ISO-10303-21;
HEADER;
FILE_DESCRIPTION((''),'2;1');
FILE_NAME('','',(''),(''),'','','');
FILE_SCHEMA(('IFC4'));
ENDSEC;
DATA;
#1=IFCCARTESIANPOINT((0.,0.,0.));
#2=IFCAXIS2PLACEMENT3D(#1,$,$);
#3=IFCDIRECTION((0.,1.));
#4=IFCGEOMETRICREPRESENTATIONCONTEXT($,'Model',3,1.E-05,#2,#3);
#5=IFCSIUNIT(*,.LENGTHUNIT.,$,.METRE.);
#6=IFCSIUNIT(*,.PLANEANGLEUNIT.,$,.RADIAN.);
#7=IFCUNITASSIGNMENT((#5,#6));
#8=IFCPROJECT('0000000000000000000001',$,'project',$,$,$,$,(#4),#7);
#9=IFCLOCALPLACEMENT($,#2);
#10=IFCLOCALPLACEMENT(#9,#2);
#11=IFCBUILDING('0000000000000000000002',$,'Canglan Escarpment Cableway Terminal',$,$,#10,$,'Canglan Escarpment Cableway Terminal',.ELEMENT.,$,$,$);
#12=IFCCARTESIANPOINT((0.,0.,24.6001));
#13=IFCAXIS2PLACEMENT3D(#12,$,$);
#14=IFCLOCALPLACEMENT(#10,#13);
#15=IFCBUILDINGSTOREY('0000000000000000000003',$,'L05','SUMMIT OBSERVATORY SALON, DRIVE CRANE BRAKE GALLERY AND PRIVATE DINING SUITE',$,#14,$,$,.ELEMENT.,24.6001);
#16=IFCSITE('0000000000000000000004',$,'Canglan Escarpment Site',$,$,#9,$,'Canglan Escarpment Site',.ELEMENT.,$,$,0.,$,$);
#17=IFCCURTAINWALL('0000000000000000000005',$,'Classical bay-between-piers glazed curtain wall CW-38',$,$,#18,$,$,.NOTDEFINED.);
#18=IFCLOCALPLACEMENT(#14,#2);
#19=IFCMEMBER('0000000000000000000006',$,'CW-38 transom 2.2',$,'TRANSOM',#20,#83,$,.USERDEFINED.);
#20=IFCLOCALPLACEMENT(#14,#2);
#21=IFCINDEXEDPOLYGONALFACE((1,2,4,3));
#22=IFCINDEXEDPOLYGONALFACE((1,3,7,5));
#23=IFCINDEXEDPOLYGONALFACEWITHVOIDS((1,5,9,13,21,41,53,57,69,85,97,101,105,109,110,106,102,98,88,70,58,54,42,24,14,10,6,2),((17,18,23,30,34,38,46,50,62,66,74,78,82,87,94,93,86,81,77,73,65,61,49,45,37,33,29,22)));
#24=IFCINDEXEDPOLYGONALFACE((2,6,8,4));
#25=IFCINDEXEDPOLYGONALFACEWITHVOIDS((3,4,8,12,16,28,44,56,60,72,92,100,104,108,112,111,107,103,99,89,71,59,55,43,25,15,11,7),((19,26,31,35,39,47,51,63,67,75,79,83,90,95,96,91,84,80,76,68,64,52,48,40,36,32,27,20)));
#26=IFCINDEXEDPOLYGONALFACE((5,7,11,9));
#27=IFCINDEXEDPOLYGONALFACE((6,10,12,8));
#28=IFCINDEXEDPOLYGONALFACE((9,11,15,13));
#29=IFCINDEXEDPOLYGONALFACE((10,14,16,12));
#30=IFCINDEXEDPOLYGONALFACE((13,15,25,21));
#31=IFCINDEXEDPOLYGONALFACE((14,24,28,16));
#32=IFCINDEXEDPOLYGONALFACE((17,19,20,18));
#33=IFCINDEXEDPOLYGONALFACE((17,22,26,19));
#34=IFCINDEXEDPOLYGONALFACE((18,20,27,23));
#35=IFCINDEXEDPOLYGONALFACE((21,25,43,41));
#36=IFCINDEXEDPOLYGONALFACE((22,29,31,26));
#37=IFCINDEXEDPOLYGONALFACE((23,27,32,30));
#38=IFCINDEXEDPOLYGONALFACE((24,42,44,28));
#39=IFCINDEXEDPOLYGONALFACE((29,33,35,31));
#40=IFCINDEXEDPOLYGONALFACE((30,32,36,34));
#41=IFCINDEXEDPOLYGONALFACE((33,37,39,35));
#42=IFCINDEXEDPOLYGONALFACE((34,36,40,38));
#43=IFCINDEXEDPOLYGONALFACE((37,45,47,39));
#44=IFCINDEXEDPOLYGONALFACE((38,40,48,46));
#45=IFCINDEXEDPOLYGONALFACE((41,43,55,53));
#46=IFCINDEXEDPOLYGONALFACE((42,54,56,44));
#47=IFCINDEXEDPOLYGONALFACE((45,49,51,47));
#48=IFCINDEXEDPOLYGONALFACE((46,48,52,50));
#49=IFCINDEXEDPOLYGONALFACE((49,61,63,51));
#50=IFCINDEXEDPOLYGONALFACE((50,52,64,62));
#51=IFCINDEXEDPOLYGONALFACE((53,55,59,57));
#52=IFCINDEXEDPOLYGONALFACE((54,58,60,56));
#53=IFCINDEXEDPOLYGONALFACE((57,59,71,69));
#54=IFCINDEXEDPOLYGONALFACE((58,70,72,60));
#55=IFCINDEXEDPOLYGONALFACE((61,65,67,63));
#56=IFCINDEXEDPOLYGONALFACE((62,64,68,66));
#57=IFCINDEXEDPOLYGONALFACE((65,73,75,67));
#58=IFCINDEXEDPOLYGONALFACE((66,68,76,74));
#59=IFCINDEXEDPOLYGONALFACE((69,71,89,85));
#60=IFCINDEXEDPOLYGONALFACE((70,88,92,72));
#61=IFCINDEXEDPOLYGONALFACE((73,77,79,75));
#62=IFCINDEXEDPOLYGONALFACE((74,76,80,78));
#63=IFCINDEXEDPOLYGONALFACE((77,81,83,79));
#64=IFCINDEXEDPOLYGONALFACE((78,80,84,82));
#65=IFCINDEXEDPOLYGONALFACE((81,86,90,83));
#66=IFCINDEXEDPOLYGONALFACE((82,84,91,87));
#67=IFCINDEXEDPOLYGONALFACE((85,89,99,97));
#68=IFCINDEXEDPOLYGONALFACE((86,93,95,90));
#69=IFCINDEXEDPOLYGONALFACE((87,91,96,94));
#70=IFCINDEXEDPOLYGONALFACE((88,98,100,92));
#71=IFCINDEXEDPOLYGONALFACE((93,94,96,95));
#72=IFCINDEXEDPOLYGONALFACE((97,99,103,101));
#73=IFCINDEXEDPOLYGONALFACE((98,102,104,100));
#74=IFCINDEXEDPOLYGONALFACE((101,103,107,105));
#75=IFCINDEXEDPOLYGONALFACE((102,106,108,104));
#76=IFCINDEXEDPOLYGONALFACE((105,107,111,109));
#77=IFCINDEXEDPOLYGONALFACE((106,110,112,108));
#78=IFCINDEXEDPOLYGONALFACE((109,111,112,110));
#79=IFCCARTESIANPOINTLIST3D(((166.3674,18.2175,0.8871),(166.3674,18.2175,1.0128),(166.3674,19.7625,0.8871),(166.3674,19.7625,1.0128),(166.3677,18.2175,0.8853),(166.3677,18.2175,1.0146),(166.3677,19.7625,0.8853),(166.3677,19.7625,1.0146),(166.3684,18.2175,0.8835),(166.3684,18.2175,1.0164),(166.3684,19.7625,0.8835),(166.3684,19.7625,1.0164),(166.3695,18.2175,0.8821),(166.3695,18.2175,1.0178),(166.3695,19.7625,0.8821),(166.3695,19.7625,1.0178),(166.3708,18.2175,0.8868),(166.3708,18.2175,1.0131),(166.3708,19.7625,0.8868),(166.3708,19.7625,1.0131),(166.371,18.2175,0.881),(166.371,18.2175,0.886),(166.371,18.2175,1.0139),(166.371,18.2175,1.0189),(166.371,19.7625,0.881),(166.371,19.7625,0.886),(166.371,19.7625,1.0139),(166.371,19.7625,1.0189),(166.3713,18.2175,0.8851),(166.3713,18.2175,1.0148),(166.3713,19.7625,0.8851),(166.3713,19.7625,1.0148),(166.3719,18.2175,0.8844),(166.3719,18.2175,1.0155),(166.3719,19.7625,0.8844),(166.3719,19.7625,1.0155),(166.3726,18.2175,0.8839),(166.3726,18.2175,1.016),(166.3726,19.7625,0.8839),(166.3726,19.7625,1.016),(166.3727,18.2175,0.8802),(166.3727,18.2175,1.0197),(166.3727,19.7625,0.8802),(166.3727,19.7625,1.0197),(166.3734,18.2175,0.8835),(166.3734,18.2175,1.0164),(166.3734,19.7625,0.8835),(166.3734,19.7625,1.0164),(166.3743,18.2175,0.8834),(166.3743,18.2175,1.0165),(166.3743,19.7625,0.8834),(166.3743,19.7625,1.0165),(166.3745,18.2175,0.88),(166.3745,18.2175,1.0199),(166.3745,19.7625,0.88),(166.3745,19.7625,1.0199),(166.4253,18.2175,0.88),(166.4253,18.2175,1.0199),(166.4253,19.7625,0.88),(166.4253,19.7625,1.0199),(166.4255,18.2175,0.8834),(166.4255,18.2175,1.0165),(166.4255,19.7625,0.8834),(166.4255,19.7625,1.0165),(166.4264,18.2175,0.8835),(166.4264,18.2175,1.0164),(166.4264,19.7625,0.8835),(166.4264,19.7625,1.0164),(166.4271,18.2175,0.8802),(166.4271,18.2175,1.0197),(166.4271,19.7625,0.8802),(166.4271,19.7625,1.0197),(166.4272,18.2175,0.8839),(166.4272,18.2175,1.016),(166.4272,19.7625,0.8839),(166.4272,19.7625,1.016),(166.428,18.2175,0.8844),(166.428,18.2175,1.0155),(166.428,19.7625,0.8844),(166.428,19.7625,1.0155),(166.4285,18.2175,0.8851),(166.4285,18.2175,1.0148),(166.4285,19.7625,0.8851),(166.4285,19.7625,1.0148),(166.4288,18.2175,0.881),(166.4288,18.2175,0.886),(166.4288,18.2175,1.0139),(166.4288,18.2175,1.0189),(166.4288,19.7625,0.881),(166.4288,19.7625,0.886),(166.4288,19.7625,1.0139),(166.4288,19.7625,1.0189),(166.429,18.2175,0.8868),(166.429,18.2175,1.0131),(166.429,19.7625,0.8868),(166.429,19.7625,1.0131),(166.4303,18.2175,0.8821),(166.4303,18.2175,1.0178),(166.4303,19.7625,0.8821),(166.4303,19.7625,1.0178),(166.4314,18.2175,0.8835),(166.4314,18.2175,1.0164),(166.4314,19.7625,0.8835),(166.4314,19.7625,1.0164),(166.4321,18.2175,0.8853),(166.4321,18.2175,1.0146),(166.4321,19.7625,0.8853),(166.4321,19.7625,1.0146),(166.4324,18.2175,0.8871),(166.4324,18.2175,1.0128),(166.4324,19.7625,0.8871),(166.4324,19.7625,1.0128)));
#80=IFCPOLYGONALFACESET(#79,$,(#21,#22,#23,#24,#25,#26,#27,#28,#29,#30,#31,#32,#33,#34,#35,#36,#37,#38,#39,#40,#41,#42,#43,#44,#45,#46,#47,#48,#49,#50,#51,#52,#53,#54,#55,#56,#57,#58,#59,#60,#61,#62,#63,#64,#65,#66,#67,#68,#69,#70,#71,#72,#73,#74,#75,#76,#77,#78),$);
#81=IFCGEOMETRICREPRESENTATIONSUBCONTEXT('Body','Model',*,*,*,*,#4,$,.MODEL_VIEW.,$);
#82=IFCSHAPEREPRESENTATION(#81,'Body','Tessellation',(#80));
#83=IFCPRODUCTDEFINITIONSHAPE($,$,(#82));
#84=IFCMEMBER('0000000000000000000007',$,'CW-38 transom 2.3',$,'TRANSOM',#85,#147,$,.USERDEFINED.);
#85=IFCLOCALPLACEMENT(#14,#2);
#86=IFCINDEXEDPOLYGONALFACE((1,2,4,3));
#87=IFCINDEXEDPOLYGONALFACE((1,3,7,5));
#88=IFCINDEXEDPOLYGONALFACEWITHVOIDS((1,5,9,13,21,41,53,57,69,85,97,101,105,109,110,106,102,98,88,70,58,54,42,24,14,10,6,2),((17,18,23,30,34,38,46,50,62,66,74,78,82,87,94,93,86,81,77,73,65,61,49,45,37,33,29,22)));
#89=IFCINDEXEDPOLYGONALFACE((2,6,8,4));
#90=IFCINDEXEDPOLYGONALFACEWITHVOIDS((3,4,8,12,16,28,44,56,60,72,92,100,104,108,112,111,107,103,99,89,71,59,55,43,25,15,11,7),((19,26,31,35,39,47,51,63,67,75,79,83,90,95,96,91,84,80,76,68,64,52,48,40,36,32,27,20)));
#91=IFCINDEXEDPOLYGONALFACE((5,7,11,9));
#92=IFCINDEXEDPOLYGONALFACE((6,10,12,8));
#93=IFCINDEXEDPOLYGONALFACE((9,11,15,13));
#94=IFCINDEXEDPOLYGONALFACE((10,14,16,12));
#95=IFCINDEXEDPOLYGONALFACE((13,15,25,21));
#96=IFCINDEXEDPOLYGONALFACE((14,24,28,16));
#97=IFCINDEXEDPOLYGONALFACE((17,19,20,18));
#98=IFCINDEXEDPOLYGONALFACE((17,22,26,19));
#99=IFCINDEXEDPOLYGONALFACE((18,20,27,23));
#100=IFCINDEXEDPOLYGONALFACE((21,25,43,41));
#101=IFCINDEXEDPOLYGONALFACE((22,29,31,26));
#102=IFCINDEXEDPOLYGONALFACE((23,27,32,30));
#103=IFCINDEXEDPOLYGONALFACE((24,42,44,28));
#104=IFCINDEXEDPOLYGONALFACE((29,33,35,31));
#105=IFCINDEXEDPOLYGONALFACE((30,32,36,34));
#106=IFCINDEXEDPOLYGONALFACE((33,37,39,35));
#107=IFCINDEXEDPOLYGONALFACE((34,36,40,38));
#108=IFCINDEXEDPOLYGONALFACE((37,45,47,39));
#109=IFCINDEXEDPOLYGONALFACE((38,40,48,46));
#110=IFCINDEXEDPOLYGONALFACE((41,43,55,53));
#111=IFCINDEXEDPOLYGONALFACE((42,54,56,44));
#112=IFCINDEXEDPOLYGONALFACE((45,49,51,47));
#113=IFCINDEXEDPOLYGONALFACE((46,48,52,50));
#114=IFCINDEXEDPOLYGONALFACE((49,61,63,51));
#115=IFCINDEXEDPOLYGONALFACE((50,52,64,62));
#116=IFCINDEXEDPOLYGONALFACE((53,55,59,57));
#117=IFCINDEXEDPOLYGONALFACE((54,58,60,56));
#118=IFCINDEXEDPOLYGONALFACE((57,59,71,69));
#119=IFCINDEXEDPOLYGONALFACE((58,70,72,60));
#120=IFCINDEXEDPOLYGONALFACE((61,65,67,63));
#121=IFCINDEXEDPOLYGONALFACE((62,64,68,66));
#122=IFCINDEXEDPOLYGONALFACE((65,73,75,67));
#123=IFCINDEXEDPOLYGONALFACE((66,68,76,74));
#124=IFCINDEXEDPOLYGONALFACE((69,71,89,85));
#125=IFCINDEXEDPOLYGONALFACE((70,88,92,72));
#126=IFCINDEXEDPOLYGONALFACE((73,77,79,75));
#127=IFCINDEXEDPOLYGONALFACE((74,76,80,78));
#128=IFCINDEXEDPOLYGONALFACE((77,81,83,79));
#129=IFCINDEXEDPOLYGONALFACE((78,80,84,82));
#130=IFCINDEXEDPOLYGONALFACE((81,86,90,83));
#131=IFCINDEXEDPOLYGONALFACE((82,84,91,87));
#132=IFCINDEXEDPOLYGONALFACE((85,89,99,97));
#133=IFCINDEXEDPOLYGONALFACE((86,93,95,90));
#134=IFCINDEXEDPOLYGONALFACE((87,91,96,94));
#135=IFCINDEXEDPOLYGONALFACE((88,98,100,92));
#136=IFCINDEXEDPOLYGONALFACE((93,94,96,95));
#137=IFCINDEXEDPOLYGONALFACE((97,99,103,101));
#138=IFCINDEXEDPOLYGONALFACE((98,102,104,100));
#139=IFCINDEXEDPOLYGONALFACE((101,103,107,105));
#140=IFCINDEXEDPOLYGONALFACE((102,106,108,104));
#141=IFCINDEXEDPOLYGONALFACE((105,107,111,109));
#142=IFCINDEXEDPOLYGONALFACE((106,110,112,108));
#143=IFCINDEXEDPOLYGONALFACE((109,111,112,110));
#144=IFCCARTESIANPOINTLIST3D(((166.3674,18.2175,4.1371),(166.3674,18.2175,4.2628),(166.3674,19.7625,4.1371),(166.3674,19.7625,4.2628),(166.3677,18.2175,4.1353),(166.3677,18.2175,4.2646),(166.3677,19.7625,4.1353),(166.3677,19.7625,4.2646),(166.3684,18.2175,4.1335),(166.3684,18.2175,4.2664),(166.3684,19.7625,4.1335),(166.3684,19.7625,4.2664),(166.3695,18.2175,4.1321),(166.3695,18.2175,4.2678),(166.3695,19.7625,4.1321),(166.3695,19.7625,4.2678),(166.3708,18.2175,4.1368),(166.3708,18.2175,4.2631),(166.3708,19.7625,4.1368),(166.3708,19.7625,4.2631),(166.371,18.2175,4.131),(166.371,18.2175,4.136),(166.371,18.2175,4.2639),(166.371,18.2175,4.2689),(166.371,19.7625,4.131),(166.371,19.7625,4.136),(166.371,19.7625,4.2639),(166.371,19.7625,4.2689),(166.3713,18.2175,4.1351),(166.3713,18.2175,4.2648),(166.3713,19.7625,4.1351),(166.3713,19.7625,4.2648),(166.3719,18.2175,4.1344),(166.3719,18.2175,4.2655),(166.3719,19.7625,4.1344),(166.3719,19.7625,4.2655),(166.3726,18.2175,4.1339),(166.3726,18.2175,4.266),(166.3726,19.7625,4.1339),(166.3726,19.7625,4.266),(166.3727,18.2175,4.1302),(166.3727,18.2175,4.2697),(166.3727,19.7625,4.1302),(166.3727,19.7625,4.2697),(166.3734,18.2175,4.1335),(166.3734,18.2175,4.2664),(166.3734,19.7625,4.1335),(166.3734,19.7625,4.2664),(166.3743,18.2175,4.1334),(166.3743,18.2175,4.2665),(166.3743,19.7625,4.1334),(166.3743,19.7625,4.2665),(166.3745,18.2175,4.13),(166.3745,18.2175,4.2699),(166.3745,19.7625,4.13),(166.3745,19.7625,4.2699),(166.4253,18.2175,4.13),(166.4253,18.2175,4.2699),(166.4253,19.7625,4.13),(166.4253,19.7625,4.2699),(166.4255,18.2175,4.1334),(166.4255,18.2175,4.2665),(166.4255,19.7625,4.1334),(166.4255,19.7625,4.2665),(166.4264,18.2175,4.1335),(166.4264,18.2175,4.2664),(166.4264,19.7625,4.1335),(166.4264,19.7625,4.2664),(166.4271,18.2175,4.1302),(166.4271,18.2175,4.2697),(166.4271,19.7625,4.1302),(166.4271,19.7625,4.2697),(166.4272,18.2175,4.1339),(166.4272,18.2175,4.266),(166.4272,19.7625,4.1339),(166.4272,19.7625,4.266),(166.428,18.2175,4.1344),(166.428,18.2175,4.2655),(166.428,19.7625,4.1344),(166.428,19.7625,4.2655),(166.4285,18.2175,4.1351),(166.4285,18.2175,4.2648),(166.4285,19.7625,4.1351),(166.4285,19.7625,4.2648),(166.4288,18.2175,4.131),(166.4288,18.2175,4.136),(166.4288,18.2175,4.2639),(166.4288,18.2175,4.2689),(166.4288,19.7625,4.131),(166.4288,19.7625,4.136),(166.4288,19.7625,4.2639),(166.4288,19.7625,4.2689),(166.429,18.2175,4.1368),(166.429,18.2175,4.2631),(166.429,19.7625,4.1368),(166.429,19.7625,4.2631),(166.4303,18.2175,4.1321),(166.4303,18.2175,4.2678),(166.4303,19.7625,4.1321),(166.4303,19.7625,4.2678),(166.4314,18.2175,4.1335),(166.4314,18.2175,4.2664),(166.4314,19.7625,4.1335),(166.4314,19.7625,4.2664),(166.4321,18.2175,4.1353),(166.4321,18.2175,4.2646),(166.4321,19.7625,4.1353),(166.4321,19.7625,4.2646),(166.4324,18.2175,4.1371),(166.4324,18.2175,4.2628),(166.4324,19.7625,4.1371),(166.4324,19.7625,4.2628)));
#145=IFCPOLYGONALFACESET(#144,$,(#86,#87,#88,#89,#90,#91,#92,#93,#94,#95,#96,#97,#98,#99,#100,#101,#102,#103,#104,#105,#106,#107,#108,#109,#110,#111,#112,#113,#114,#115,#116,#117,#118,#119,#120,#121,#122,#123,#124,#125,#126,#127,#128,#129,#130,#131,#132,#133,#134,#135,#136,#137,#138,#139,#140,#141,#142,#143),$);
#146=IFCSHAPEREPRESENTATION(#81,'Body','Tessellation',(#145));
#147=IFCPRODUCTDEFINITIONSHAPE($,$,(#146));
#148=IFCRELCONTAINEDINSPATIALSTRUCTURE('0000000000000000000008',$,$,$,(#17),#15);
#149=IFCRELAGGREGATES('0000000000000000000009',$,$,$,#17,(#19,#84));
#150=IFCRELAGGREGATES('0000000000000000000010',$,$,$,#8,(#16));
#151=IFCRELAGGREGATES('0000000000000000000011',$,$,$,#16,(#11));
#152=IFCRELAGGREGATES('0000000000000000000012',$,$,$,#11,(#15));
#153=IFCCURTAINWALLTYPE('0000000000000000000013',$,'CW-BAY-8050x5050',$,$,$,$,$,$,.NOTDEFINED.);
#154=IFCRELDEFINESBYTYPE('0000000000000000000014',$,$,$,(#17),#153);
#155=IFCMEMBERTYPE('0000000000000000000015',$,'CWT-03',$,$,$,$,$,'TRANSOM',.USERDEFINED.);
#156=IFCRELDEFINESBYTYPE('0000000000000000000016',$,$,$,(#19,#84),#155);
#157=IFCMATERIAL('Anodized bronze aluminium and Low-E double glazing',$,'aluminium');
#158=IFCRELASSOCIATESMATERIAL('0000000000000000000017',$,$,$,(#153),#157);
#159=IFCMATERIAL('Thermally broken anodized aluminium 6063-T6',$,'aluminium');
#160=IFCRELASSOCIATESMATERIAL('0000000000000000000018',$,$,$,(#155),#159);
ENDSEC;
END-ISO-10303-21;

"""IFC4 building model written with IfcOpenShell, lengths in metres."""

from ifc_helpers import new_model, si_unit, direction, frame, origin, origin_2d, place, context, subcontext, project, spatial, hollow_rectangle, extrude, material, material_profile, profile_set, type_object, element, aggregate, save


model = new_model("IFC4")

# Units and contexts
model_context = context("Model", 3, precision=1e-05, world=origin(), true_north=direction((0.0, 1.0)))
body_context = subcontext(model_context, "Body", "Model", "MODEL_VIEW")
ifc_project = project(units=[si_unit("LENGTHUNIT", "METRE"), si_unit("PLANEANGLEUNIT", "RADIAN")], contexts=[model_context])

# Site, building, storey
site_placement = place(None, origin())
site = spatial("IfcSite", under=ifc_project, at=site_placement, Name="Canglan Escarpment Site", LongName="Canglan Escarpment Site", CompositionType="ELEMENT", RefElevation=0.0)
building_placement = place(site_placement, origin())
building = spatial("IfcBuilding", under=site, at=building_placement, Name="Canglan Escarpment Cableway Terminal", LongName="Canglan Escarpment Cableway Terminal", CompositionType="ELEMENT")
storey_placement = place(building_placement, frame((0.0, 0.0, 24.6001)))
storey = spatial("IfcBuildingStorey", under=building, at=storey_placement, Name="L05", Description="SUMMIT OBSERVATORY SALON, DRIVE CRANE BRAKE GALLERY AND PRIVATE DINING SUITE", CompositionType="ELEMENT", Elevation=24.6001)

# Curtain wall, members
ifc_material_1 = material(Name="Anodized bronze aluminium and Low-E double glazing", Category="aluminium")
curtain_wall_type = type_object("IfcCurtainWallType", Name="CW-BAY-8050x5050", PredefinedType="NOTDEFINED", material=ifc_material_1)
curtain_wall_placement = place(storey_placement, origin())
curtain_wall = element("IfcCurtainWall", 1, at=curtain_wall_placement, inside=storey, type_object=curtain_wall_type, Name="Classical bay-between-piers glazed curtain wall CW-38", PredefinedType="NOTDEFINED")
ifc_material_2 = material(Name="Thermally broken anodized aluminium 6063-T6", Category="aluminium")
ifc_material_profile_1 = material_profile(ifc_material_2, hollow_rectangle(XDim=0.0649, YDim=0.1399, WallThickness=0.0034, InnerFilletRadius=0.0034, OuterFilletRadius=0.0071, at=origin_2d()), Name="ALU-TRAN 65x140x3.5")
ifc_profile_set_1 = profile_set([ifc_material_profile_1], Name="Thermally broken anodized aluminium 6063-T6")
member_type_1 = type_object("IfcMemberType", Name="CWT-03", ElementType="TRANSOM", PredefinedType="USERDEFINED", material=ifc_profile_set_1)
member_1_placement = place(storey_placement, frame((166.3999, 18.2175, 0.95), z_axis=(0.0, 1.0, 0.0), x_axis=(-1.0, 0.0, 0.0)))
member_1 = element("IfcMember", 2, at=member_1_placement, type_object=member_type_1, Name="CW-38 transom 2.2", ObjectType="TRANSOM", PredefinedType="USERDEFINED", context=body_context, shape_type="SweptSolid", body=[
    extrude(hollow_rectangle(XDim=0.0649, YDim=0.1399, WallThickness=0.0034, InnerFilletRadius=0.0034, OuterFilletRadius=0.0071, at=origin_2d()), origin(), (0.0, 0.0, 1.0), 1.5449),
])
member_2_placement = place(storey_placement, frame((166.3999, 18.2175, 4.2), z_axis=(0.0, 1.0, 0.0), x_axis=(-1.0, 0.0, 0.0)))
member_2 = element("IfcMember", 3, at=member_2_placement, type_object=member_type_1, Name="CW-38 transom 2.3", ObjectType="TRANSOM", PredefinedType="USERDEFINED", context=body_context, shape_type="SweptSolid", body=[
    extrude(hollow_rectangle(XDim=0.0649, YDim=0.1399, WallThickness=0.0034, InnerFilletRadius=0.0034, OuterFilletRadius=0.0071, at=origin_2d()), origin(), (0.0, 0.0, 1.0), 1.5449),
])
aggregate(curtain_wall, [member_1, member_2])

save(model, "model.ifc")
